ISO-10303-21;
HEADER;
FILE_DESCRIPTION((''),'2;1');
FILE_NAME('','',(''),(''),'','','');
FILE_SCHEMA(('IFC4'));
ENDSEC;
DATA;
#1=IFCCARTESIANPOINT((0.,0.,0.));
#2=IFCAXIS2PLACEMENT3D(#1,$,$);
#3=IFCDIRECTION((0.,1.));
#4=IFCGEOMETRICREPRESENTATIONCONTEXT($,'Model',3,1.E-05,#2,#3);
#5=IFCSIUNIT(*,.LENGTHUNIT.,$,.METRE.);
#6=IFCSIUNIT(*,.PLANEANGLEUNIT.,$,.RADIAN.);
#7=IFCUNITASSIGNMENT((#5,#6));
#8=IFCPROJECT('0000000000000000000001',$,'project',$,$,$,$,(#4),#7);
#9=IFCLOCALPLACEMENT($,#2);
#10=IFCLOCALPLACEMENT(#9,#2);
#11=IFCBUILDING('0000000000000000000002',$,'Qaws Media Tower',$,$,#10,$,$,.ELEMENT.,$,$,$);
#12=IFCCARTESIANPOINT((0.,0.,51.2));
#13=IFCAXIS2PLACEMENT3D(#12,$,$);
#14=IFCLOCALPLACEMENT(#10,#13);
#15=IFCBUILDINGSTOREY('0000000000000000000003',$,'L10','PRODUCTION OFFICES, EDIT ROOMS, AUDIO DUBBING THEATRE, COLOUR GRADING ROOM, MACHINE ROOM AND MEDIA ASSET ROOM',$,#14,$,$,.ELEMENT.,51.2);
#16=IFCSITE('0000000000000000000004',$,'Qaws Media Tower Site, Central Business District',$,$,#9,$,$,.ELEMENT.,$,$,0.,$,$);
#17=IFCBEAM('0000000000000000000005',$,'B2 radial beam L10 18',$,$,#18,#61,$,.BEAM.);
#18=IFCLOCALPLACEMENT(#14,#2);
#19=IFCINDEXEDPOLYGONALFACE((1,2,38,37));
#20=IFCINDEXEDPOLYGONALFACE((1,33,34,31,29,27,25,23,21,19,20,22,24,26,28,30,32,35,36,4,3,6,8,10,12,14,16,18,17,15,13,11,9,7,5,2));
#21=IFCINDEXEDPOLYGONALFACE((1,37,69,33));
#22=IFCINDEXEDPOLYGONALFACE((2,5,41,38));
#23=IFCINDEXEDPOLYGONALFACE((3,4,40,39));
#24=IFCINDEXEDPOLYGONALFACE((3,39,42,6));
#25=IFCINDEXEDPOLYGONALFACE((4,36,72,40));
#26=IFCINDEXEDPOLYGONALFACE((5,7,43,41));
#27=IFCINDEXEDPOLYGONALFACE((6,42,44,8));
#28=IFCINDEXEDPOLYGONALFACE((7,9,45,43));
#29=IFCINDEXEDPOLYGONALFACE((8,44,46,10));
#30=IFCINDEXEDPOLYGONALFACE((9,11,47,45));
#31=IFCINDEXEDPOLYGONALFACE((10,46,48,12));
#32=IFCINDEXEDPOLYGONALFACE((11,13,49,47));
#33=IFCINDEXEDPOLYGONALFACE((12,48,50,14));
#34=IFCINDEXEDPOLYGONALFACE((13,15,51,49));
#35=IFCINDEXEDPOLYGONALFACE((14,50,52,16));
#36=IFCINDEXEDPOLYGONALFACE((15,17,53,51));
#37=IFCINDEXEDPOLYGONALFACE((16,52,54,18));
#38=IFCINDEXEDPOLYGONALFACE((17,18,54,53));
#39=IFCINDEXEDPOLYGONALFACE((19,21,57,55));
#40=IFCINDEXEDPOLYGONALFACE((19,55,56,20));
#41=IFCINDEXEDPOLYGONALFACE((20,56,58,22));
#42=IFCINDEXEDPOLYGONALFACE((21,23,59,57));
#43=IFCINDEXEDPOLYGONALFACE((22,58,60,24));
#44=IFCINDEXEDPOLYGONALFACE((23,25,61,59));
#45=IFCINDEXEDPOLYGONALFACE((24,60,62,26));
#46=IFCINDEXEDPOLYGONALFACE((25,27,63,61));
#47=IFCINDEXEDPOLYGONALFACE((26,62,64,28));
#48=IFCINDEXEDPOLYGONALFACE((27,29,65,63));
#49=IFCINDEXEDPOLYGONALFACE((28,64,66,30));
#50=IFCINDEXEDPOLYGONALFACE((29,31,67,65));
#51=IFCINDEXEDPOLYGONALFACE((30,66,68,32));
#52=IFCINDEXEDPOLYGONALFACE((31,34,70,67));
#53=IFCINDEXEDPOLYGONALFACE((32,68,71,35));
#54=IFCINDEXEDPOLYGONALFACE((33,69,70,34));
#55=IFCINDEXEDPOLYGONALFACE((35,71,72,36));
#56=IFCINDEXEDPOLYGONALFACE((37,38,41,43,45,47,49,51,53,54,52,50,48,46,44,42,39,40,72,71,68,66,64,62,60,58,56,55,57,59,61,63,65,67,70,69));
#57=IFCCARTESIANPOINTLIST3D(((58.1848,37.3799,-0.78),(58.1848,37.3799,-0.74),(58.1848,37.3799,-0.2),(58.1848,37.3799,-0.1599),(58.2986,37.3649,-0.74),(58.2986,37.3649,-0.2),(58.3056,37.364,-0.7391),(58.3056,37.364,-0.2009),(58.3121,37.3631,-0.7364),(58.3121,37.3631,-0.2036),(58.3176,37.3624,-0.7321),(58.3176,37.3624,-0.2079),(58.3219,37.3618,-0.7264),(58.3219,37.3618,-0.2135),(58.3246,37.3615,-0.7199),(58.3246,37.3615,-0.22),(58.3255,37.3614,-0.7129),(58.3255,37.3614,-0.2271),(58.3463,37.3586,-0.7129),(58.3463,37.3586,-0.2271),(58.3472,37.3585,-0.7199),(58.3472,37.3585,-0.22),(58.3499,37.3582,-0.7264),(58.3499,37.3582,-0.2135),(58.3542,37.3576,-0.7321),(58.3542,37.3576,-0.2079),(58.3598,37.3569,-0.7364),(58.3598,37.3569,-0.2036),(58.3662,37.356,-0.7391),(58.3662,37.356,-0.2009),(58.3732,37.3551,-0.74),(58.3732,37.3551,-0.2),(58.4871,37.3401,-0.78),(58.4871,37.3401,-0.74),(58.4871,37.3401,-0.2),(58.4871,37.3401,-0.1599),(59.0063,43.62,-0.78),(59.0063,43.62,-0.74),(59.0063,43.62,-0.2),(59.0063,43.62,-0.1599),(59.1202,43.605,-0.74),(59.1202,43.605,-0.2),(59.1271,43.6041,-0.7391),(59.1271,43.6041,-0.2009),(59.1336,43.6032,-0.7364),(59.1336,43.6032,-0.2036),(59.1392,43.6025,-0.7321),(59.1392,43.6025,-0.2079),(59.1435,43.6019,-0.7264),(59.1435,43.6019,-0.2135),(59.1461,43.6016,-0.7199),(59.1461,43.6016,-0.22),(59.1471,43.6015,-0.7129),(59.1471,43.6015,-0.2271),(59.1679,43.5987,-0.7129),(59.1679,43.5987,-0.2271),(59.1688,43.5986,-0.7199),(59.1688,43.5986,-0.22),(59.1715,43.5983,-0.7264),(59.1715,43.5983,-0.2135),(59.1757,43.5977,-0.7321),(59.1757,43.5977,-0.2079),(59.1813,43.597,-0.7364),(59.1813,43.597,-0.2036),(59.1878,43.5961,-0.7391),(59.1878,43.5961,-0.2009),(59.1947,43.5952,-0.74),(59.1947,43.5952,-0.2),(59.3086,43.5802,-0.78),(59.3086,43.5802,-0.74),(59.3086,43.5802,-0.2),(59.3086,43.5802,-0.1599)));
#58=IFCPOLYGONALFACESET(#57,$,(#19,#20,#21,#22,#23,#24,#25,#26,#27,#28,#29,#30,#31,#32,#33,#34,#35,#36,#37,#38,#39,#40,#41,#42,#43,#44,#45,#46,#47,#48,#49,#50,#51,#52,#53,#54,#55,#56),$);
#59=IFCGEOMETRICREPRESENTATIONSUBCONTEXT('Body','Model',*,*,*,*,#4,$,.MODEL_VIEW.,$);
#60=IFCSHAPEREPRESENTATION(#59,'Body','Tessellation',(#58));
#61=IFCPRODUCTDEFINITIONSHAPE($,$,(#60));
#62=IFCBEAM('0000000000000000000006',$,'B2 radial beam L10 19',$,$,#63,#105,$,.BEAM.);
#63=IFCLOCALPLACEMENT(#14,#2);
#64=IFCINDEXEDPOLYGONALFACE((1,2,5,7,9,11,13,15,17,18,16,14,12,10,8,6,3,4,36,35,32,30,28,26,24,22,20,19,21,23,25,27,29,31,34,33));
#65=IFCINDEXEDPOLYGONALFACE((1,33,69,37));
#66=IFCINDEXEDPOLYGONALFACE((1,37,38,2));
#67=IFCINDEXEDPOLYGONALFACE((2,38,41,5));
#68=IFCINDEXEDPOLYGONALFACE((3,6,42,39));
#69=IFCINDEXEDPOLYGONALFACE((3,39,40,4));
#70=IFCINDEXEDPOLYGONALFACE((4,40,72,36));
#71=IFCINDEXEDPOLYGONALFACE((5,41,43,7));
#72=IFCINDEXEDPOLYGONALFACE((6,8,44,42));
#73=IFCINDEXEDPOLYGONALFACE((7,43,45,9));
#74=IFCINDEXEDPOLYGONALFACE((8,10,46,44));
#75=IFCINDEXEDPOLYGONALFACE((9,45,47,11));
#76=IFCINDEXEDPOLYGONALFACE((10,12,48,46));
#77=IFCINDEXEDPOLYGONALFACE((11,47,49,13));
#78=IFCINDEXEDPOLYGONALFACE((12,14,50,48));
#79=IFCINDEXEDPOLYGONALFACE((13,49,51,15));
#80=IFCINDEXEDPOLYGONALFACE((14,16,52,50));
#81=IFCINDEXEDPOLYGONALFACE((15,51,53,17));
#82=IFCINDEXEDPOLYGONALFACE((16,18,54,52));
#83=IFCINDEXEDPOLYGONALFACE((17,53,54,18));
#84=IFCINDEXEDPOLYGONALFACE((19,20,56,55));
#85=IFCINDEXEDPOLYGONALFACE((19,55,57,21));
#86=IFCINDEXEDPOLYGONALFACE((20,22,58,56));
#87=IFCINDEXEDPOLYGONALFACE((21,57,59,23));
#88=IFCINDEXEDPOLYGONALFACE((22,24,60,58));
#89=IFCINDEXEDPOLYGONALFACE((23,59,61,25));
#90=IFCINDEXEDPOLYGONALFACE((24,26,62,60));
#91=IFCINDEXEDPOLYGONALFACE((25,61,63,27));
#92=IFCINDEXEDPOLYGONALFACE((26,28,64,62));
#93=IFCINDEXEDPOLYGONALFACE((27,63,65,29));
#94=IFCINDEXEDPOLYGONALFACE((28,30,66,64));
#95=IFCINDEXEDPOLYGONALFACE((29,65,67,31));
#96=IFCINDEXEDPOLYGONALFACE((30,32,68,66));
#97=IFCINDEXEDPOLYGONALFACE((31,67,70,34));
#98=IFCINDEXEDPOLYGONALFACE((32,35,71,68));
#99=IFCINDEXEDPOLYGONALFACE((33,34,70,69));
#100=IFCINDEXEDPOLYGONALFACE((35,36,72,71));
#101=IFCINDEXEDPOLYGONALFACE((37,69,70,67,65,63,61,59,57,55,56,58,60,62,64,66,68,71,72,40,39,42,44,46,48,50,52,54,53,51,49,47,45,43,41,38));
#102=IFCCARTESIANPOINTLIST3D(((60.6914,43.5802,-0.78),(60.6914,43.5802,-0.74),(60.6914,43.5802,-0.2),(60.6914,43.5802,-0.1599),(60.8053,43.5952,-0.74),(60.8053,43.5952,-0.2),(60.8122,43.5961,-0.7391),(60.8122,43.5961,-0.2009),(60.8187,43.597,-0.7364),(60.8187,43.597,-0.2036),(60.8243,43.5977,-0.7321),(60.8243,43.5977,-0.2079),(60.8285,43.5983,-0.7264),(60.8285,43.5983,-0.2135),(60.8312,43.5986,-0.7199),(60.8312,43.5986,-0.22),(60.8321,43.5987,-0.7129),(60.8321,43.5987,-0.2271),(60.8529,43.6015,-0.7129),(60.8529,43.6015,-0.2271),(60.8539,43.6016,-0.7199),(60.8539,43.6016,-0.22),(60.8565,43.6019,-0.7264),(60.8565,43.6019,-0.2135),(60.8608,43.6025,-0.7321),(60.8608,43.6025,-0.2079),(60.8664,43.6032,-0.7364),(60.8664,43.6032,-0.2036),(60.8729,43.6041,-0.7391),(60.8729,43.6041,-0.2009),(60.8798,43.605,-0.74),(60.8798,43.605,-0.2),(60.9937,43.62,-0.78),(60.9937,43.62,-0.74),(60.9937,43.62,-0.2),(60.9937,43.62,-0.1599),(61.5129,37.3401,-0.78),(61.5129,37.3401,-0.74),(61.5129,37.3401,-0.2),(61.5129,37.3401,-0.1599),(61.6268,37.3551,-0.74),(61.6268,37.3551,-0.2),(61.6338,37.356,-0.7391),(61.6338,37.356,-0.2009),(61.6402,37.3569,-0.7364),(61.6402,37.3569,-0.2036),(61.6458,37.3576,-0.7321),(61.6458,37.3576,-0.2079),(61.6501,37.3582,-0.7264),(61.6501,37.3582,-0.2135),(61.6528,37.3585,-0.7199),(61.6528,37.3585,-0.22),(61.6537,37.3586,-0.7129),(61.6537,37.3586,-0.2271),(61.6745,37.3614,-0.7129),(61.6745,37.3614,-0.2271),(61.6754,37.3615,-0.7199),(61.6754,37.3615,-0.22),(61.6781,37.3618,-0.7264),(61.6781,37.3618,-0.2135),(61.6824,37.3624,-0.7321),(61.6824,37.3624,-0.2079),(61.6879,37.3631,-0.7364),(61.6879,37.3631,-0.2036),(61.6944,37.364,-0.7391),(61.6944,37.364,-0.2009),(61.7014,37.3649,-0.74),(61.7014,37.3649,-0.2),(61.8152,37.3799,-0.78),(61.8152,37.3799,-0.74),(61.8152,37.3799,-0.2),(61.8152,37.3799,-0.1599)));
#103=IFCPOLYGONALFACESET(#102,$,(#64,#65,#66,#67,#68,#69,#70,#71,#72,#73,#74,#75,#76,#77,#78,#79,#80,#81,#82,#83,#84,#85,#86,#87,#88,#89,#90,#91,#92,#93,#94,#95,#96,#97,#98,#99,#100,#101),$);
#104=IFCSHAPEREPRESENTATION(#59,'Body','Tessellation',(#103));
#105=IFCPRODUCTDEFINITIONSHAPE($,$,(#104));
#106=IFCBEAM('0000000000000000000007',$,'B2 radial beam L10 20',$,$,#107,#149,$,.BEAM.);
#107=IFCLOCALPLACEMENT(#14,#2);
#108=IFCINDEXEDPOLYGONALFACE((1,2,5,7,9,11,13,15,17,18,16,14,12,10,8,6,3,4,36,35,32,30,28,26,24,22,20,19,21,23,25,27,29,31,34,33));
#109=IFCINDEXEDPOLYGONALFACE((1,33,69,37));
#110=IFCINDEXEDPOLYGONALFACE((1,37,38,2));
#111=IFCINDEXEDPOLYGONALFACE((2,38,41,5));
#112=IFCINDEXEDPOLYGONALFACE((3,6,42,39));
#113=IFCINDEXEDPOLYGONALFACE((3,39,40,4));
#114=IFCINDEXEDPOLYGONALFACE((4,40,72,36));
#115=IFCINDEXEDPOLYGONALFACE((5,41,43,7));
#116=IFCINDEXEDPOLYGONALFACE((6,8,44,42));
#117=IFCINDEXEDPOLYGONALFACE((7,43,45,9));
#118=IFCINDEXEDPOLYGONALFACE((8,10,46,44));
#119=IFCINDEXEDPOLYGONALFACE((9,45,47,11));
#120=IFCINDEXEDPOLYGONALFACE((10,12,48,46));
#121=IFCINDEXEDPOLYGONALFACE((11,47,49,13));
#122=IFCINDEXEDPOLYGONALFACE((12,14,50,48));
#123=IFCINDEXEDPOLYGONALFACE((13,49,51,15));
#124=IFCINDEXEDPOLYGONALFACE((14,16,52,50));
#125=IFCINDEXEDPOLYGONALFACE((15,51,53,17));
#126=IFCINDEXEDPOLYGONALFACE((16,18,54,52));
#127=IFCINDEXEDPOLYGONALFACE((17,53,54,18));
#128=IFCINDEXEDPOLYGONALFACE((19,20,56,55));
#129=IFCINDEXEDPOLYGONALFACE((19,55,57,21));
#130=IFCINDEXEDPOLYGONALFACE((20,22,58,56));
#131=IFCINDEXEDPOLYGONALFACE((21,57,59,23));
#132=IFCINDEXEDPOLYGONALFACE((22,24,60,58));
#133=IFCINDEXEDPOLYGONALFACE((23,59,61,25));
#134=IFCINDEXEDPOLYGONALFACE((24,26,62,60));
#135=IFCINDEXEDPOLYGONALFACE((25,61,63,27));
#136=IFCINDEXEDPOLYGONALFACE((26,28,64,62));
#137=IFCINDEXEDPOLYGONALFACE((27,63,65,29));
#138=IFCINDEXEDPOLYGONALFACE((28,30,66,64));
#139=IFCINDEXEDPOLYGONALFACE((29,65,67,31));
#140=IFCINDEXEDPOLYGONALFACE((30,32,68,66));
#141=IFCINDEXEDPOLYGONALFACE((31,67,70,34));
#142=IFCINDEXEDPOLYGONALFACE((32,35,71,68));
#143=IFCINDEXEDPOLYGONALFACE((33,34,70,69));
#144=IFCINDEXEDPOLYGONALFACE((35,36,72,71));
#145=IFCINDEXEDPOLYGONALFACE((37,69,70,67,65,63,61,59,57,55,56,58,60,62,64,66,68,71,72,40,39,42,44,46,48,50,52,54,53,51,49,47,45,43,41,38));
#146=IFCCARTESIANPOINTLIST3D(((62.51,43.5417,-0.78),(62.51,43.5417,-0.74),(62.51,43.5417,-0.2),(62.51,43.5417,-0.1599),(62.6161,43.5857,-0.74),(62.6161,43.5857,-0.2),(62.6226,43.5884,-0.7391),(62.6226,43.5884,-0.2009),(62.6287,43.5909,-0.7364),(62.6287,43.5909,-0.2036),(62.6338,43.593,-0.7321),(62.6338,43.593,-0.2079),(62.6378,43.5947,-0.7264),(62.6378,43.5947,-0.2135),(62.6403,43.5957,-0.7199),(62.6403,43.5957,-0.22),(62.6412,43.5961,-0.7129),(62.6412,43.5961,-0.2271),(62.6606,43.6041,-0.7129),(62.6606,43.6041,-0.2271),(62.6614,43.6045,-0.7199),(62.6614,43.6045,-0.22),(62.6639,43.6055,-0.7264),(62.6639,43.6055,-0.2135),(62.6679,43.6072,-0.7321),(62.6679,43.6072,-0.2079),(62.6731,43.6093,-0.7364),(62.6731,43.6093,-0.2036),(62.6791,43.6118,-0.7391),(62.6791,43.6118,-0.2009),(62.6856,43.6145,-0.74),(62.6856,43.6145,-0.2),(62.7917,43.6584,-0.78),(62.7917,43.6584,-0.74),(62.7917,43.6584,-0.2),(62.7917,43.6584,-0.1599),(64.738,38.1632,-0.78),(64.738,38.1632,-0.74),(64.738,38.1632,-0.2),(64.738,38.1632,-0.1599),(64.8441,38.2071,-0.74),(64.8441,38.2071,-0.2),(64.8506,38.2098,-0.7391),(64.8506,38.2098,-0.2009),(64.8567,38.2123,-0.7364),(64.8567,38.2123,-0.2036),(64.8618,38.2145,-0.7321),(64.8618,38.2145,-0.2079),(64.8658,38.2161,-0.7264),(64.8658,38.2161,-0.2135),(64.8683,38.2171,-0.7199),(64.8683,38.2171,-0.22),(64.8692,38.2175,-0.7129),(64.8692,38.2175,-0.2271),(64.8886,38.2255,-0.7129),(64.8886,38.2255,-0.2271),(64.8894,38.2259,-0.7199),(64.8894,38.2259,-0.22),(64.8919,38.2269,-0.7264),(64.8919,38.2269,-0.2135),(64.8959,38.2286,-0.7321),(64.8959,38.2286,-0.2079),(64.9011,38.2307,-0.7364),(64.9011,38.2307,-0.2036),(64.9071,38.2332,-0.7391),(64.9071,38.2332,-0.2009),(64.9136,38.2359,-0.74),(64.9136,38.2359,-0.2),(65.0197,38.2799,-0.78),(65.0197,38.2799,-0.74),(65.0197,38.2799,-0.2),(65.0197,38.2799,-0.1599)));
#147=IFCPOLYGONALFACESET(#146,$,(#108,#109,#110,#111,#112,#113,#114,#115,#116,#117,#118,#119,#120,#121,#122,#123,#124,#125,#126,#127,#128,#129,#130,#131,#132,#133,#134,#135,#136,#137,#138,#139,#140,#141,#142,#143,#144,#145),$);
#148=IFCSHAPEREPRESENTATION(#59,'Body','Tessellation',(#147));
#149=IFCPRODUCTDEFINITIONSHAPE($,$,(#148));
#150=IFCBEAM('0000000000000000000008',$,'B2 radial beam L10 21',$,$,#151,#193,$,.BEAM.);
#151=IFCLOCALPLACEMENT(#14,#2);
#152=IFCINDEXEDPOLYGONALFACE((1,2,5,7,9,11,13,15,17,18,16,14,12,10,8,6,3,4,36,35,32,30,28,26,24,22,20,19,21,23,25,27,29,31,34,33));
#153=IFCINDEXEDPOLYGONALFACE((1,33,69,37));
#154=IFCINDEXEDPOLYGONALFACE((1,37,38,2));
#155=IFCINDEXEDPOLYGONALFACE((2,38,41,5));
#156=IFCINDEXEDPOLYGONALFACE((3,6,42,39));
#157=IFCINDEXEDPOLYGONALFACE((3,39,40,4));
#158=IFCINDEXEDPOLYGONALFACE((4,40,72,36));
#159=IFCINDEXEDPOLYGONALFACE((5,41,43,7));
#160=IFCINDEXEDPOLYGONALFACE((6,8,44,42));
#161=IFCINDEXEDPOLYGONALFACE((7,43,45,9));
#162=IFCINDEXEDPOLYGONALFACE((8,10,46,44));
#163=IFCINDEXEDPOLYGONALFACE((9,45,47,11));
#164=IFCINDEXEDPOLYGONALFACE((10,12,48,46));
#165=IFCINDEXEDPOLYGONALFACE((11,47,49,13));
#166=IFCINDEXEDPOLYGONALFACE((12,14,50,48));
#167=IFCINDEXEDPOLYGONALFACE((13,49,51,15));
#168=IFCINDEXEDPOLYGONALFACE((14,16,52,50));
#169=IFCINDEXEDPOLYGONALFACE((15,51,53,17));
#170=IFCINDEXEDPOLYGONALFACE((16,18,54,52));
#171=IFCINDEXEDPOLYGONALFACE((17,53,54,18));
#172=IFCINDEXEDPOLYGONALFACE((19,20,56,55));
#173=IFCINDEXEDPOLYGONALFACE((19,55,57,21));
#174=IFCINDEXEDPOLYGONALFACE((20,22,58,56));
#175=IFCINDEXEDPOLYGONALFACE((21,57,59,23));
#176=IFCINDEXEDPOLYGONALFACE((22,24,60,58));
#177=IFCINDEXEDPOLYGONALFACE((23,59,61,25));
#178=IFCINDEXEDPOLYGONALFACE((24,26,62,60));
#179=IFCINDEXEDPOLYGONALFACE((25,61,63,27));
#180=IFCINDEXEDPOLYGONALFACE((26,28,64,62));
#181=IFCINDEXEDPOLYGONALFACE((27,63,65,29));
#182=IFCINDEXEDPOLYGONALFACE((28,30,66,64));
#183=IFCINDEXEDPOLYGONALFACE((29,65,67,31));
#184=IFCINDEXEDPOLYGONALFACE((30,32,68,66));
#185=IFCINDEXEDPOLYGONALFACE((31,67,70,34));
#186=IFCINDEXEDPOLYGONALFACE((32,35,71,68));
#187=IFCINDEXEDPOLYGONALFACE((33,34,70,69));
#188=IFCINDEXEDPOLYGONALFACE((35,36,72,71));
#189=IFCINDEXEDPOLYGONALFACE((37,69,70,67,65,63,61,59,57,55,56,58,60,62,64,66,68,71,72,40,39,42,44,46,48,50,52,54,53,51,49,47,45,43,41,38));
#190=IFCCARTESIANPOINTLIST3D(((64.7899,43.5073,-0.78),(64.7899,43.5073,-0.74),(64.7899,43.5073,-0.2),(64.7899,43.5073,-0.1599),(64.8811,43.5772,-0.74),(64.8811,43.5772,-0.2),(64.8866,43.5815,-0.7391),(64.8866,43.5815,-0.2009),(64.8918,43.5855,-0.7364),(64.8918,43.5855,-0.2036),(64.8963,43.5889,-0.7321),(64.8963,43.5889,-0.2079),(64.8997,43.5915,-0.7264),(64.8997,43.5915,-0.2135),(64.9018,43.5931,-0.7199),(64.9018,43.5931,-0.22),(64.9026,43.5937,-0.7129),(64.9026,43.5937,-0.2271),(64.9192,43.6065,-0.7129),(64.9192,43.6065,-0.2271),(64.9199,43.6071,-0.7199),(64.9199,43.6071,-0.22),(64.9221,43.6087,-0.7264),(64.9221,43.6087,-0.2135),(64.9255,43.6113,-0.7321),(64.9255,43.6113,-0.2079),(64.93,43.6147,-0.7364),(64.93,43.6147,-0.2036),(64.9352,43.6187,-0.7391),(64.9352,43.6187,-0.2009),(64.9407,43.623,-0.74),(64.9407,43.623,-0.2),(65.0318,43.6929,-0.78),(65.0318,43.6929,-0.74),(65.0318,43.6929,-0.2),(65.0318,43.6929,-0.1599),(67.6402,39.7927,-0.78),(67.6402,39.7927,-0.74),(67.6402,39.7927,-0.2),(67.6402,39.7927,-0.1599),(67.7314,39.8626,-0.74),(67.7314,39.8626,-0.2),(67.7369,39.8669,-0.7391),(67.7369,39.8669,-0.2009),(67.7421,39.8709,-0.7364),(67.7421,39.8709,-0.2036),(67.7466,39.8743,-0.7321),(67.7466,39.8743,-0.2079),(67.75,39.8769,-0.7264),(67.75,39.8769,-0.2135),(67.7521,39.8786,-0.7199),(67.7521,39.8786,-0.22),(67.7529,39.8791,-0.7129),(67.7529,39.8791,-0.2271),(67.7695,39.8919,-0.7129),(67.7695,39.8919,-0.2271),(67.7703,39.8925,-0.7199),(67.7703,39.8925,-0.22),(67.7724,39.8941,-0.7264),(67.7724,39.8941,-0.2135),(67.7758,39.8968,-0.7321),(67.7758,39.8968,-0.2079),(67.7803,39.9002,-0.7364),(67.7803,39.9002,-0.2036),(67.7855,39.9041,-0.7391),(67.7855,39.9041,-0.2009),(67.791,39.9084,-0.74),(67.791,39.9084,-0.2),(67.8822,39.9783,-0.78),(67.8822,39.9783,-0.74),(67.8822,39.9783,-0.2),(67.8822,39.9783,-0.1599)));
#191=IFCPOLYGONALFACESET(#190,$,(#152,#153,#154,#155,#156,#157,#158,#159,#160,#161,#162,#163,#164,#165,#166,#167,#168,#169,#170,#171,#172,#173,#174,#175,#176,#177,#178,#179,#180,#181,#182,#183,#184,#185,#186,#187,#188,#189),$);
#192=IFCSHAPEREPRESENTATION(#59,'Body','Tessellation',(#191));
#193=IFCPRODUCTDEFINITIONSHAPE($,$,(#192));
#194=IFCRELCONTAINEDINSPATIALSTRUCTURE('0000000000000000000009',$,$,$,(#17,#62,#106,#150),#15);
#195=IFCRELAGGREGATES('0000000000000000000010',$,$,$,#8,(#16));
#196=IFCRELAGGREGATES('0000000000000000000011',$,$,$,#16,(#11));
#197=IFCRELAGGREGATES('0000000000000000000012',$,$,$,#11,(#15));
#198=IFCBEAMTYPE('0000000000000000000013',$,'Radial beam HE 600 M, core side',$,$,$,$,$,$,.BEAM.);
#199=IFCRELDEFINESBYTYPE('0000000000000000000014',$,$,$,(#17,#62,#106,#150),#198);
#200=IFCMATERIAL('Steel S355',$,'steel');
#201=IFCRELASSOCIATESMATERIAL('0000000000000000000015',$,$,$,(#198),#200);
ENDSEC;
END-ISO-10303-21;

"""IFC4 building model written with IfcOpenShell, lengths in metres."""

from ifc_helpers import new_model, si_unit, direction, frame, origin, origin_2d, place, context, subcontext, project, spatial, i_section, extrude, material, material_profile, profile_set, type_object, element, save


model = new_model("IFC4")

# Units and contexts
model_context = context("Model", 3, precision=1e-05, world=origin(), true_north=direction((0.0, 1.0)))
body_context = subcontext(model_context, "Body", "Model", "MODEL_VIEW")
ifc_project = project(units=[si_unit("LENGTHUNIT", "METRE"), si_unit("PLANEANGLEUNIT", "RADIAN")], contexts=[model_context])

# Site, building, storey
site_placement = place(None, origin())
site = spatial("IfcSite", under=ifc_project, at=site_placement, Name="Qaws Media Tower Site, Central Business District", CompositionType="ELEMENT", RefElevation=0.0)
building_placement = place(site_placement, origin())
building = spatial("IfcBuilding", under=site, at=building_placement, Name="Qaws Media Tower", CompositionType="ELEMENT")
storey_placement = place(building_placement, frame((0.0, 0.0, 51.2)))
storey = spatial("IfcBuildingStorey", under=building, at=storey_placement, Name="L10", Description="PRODUCTION OFFICES, EDIT ROOMS, AUDIO DUBBING THEATRE, COLOUR GRADING ROOM, MACHINE ROOM AND MEDIA ASSET ROOM", CompositionType="ELEMENT", Elevation=51.2)

# Beams
ifc_material_1 = material(Name="Steel S355", Category="steel")
ifc_material_profile_1 = material_profile(ifc_material_1, i_section(OverallWidth=0.3049, OverallDepth=0.6201, WebThickness=0.021, FlangeThickness=0.04, FilletRadius=0.0271, at=origin_2d()), Name="HE 600 M")
ifc_profile_set_1 = profile_set([ifc_material_profile_1], Name="Steel S355")
beam_type_1 = type_object("IfcBeamType", Name="Radial beam HE 600 M, core side", PredefinedType="BEAM", material=ifc_profile_set_1)
for number, where, z_axis, x_axis, name in (
    (1, (59.1575, 43.6001, -0.47), (-0.13053, -0.991444, 0.0), (0.991444, -0.13053, 0.0), "B2 radial beam L10 18"),
    (2, (60.8425, 43.6001, -0.47), (0.13053, -0.991444, 0.0), (0.991444, 0.13053, 0.0), "B2 radial beam L10 19"),
):
    element("IfcBeam", number, at=place(storey_placement, frame(where, z_axis=z_axis, x_axis=x_axis)), inside=storey, type_object=beam_type_1, Name=name, PredefinedType="BEAM", context=body_context, shape_type="SweptSolid", body=[
        extrude(i_section(OverallWidth=0.3049, OverallDepth=0.6201, WebThickness=0.021, FlangeThickness=0.04, FilletRadius=0.0271, at=origin_2d()), origin(), (0.0, 0.0, 1.0), 6.2939),
    ])
beam_1_placement = place(storey_placement, frame((62.6509, 43.6001, -0.47), z_axis=(0.3827, -0.923873, 0.0), x_axis=(0.923873, 0.3827, 0.0)))
element("IfcBeam", 3, at=beam_1_placement, inside=storey, type_object=beam_type_1, Name="B2 radial beam L10 20", PredefinedType="BEAM", context=body_context, shape_type="SweptSolid", body=[
    extrude(i_section(OverallWidth=0.3049, OverallDepth=0.6201, WebThickness=0.021, FlangeThickness=0.04, FilletRadius=0.0271, at=origin_2d()), origin(), (0.0, 0.0, 1.0), 5.8218),
])
beam_2_placement = place(storey_placement, frame((64.9109, 43.6001, -0.47), z_axis=(0.608765, -0.79335, 0.0), x_axis=(0.79335, 0.608765, 0.0)))
element("IfcBeam", 4, at=beam_2_placement, inside=storey, type_object=beam_type_1, Name="B2 radial beam L10 21", PredefinedType="BEAM", context=body_context, shape_type="SweptSolid", body=[
    extrude(i_section(OverallWidth=0.3049, OverallDepth=0.6201, WebThickness=0.021, FlangeThickness=0.04, FilletRadius=0.0271, at=origin_2d()), origin(), (0.0, 0.0, 1.0), 4.6821),
])

save(model, "model.ifc")
